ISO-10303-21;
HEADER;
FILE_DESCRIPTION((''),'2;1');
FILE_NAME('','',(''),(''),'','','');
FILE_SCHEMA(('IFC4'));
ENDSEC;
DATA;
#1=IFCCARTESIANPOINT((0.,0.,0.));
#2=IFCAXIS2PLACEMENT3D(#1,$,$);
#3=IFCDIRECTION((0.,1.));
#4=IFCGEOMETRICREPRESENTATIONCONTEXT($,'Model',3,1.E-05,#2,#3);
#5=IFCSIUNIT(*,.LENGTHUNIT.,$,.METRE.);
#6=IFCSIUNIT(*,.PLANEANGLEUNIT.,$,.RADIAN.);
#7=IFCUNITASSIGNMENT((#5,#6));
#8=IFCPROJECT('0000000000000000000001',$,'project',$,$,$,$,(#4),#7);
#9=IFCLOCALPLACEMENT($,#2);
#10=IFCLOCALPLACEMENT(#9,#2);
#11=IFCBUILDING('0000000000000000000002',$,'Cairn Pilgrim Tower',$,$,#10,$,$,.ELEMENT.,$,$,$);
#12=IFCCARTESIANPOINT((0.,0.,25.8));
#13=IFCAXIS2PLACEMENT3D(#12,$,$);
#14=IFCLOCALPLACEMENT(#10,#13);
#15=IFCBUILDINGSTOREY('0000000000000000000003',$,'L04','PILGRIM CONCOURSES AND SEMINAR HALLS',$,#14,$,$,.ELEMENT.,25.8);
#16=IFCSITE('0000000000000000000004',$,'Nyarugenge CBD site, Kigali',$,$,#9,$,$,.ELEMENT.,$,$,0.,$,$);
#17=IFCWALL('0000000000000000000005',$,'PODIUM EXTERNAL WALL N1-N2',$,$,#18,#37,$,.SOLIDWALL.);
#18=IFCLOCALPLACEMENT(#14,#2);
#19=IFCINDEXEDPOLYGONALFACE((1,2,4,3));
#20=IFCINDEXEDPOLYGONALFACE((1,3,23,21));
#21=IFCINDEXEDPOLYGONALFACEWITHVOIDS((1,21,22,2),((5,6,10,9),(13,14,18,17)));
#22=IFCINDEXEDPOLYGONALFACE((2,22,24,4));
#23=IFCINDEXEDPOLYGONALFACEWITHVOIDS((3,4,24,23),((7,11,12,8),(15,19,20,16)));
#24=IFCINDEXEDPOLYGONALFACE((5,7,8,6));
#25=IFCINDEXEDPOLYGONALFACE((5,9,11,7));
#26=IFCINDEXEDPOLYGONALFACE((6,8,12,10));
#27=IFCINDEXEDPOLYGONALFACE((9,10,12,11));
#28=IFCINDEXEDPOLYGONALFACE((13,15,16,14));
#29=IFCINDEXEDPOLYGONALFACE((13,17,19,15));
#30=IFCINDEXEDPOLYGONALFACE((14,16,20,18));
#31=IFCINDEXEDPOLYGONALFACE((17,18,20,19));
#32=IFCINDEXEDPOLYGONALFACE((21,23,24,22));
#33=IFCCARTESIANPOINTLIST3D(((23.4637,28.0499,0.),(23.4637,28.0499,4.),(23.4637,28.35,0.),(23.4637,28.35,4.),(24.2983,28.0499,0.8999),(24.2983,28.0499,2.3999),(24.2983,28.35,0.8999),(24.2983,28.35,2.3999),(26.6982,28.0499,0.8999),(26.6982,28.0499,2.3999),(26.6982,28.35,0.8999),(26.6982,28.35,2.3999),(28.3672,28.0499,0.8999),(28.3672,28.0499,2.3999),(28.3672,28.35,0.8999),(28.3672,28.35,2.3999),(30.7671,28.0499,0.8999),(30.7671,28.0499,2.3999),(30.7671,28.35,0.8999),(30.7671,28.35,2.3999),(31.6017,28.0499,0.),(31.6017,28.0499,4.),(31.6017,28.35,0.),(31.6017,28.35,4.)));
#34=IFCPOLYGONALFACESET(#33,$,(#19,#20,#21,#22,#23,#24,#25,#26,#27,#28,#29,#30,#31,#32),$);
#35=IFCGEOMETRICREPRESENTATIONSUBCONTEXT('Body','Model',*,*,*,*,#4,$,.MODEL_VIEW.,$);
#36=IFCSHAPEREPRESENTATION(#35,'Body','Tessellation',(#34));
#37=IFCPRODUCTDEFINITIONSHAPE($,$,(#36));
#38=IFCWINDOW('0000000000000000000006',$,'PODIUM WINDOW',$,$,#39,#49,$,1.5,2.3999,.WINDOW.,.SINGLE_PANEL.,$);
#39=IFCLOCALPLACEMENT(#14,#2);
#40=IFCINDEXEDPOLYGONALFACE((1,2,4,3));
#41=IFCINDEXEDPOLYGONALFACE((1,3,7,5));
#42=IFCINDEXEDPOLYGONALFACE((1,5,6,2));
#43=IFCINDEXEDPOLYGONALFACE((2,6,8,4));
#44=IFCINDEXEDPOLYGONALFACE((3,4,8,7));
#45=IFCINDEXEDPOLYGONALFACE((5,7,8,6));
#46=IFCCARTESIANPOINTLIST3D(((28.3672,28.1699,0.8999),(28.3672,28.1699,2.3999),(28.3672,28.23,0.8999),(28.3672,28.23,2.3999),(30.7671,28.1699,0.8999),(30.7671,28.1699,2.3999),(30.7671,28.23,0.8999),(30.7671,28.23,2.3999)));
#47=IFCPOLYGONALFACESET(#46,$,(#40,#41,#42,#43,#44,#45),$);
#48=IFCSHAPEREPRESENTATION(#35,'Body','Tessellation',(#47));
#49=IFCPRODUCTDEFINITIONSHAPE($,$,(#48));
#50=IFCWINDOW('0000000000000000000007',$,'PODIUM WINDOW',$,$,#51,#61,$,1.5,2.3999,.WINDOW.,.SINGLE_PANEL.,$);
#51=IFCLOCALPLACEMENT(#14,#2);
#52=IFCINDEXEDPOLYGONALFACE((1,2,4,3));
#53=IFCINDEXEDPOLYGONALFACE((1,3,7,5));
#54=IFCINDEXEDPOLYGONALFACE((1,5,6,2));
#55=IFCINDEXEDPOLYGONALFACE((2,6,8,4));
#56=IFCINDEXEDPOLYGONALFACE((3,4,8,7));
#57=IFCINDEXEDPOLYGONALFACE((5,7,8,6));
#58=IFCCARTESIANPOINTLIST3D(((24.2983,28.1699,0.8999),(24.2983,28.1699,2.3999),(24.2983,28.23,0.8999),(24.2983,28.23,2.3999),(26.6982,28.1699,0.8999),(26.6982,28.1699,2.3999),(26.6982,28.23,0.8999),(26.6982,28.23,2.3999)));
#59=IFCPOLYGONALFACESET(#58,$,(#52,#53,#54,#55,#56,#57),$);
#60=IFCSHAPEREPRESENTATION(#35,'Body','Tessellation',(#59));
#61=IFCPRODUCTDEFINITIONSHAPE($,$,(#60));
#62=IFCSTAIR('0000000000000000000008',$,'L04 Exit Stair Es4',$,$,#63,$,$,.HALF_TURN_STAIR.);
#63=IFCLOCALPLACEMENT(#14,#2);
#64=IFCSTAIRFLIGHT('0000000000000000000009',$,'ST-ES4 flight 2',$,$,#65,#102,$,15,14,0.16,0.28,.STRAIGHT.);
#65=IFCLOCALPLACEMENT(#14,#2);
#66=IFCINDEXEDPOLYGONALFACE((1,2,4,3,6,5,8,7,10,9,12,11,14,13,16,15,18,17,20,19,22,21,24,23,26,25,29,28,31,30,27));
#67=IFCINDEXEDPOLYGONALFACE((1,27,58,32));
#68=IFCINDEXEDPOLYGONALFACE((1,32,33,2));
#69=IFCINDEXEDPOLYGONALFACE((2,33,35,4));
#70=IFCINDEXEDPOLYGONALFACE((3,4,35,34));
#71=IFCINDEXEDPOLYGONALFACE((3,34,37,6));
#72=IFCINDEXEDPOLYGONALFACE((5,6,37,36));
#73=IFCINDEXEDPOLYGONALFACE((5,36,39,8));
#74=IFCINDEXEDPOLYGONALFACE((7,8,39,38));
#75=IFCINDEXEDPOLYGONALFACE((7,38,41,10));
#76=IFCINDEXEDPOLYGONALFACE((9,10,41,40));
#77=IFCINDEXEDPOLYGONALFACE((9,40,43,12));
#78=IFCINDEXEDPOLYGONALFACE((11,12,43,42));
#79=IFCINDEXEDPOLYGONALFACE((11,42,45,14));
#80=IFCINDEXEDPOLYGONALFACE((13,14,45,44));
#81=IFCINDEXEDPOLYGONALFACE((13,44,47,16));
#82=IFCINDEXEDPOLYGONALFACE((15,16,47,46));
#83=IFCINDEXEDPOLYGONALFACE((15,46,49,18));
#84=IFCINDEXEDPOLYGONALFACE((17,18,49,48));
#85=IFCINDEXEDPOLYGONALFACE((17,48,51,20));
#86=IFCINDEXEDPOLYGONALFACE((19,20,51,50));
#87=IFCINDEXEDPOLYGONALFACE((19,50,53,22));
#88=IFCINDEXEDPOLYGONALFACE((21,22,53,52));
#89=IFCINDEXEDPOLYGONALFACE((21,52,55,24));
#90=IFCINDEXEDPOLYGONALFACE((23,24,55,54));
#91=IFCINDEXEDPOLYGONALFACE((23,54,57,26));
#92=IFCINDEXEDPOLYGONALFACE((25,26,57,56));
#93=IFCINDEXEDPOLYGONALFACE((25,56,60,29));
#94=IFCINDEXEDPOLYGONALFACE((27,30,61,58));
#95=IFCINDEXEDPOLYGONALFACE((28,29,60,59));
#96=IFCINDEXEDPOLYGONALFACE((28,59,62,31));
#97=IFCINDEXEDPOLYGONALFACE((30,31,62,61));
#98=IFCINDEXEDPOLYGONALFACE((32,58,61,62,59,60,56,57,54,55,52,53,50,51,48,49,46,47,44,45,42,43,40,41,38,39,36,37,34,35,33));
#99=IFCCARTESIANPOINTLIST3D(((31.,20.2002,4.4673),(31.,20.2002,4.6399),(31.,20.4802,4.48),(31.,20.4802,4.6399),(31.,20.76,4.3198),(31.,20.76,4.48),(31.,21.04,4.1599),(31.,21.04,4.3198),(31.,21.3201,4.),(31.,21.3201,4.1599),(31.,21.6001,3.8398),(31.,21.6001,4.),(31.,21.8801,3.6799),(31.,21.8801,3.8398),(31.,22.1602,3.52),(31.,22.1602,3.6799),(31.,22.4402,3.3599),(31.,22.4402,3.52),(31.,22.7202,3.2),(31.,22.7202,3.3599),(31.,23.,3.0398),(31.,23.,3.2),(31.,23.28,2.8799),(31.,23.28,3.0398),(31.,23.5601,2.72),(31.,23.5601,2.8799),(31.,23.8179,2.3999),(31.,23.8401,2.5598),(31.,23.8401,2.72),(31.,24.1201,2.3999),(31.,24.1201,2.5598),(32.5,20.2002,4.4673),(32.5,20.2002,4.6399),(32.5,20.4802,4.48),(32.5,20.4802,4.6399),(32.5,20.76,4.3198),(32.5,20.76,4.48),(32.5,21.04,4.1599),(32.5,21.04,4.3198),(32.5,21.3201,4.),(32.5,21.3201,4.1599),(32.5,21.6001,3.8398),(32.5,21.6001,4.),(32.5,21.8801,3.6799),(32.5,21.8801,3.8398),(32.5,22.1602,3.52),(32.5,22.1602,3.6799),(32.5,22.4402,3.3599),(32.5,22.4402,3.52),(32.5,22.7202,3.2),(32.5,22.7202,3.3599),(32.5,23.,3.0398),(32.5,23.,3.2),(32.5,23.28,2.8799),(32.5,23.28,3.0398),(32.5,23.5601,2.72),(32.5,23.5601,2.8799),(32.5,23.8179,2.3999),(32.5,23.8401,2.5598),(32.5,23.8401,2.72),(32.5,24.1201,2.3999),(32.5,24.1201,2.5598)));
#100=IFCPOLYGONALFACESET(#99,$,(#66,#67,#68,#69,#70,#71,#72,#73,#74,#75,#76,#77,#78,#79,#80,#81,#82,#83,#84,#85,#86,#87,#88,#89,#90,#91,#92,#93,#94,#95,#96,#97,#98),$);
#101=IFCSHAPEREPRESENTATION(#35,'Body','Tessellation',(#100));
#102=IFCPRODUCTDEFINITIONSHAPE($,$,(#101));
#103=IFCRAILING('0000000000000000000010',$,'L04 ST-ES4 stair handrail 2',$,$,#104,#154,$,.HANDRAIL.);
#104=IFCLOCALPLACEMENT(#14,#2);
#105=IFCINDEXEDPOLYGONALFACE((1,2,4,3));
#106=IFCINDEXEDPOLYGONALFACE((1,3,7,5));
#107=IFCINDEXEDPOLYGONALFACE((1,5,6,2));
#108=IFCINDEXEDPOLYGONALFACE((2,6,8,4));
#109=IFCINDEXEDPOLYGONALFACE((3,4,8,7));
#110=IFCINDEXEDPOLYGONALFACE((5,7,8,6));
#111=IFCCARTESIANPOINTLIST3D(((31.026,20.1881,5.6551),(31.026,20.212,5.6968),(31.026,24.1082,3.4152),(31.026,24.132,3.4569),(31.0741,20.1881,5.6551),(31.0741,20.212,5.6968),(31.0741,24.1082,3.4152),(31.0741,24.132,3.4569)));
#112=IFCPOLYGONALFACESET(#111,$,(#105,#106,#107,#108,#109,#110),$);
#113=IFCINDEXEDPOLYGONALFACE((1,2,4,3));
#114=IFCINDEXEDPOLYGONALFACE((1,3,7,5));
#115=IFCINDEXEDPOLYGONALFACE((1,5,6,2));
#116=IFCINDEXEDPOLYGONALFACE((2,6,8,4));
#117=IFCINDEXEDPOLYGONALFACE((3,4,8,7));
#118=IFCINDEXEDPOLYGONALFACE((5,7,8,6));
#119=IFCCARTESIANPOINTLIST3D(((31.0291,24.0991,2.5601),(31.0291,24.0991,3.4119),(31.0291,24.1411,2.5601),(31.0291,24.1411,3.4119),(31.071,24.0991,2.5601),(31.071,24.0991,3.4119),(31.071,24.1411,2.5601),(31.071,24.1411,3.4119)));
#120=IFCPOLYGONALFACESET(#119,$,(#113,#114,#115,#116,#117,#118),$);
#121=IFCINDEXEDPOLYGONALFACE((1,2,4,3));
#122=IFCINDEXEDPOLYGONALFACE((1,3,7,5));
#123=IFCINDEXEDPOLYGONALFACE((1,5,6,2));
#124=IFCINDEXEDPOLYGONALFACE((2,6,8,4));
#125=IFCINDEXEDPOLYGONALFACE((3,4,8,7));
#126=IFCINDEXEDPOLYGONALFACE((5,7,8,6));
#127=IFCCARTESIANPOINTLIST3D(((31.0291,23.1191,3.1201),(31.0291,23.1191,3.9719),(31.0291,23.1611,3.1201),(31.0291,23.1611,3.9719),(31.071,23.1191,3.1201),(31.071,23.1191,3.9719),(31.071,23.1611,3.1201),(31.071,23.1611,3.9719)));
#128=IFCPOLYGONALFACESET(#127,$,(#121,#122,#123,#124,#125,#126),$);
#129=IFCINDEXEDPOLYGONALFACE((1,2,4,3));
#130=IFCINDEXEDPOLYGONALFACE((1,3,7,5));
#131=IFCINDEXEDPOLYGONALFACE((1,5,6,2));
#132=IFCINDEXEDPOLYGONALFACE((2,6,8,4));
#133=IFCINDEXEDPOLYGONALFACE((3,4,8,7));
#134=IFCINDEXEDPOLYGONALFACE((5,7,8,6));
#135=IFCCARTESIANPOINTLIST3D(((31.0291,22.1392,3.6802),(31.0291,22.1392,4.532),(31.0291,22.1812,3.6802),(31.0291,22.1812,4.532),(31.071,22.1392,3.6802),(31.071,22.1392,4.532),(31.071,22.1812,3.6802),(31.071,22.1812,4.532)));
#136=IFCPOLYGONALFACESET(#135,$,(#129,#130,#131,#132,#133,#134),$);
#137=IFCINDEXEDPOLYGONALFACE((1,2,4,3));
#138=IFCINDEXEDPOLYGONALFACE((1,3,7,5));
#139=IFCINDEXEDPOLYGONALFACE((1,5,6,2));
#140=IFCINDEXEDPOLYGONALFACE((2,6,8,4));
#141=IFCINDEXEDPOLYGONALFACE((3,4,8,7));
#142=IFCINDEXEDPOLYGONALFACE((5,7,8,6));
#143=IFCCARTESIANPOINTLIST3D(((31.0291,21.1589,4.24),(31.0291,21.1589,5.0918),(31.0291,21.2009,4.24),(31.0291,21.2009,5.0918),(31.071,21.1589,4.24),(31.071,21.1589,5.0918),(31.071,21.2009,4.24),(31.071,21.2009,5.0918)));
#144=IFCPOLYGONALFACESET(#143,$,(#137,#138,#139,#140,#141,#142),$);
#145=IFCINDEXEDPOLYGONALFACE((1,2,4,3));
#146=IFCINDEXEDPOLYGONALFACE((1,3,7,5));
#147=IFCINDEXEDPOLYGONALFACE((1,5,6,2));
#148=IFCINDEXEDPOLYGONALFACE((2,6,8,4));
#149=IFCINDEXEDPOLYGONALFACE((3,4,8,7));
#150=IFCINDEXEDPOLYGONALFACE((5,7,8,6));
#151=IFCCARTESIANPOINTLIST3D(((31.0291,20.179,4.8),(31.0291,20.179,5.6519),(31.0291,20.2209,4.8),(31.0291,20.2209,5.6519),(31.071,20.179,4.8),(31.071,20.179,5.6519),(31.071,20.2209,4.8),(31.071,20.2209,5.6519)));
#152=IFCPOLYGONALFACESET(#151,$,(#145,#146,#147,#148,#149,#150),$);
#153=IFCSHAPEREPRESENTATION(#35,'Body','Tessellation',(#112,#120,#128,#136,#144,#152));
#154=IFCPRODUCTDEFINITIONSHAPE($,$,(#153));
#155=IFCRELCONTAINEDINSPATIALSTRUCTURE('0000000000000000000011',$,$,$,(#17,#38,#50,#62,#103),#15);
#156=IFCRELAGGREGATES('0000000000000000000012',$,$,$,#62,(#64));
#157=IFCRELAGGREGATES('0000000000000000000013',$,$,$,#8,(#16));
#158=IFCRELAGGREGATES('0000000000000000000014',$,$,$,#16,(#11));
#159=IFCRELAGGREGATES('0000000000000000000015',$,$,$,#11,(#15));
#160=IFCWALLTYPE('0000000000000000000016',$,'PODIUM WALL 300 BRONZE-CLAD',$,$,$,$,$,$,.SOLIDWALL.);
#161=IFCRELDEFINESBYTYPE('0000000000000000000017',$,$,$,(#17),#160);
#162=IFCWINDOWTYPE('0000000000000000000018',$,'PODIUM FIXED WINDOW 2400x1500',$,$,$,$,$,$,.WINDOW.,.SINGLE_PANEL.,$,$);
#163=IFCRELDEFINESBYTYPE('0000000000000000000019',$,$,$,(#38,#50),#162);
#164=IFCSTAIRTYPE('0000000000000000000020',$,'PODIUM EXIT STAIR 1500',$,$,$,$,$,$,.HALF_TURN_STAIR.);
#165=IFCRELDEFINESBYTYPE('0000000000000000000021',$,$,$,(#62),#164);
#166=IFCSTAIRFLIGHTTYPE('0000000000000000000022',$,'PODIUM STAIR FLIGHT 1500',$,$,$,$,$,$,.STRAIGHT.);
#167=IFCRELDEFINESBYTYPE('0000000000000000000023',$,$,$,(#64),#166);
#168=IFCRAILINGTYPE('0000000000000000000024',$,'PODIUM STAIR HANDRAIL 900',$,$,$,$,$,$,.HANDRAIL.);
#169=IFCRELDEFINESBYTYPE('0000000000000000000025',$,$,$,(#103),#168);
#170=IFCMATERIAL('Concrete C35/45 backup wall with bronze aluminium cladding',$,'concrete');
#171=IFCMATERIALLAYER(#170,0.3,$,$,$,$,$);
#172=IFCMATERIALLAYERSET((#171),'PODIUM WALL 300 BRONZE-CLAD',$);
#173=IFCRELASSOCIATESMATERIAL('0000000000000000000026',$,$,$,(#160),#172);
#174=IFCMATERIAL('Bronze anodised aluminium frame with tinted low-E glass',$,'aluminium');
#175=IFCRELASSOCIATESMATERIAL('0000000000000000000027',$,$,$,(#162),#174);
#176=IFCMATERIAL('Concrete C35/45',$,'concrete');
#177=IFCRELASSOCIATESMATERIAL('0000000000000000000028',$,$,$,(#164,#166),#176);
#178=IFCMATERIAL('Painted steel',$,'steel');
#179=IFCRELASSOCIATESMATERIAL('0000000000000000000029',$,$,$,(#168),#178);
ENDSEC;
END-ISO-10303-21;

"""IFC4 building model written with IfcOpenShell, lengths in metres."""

from ifc_helpers import new_model, si_unit, direction, frame, frame_2d, origin, origin_2d, place, context, subcontext, project, spatial, polyline, rectangle, outline, extrude, material, layer, layer_set, type_object, element, fill, aggregate, save


model = new_model("IFC4")

# Units and contexts
model_context = context("Model", 3, precision=1e-05, world=origin(), true_north=direction((0.0, 1.0)))
body_context = subcontext(model_context, "Body", "Model", "MODEL_VIEW")
ifc_project = project(units=[si_unit("LENGTHUNIT", "METRE"), si_unit("PLANEANGLEUNIT", "RADIAN")], contexts=[model_context])

# Site, building, storey
site_placement = place(None, origin())
site = spatial("IfcSite", under=ifc_project, at=site_placement, Name="Nyarugenge CBD site, Kigali", CompositionType="ELEMENT", RefElevation=0.0)
building_placement = place(site_placement, origin())
building = spatial("IfcBuilding", under=site, at=building_placement, Name="Cairn Pilgrim Tower", CompositionType="ELEMENT")
storey_placement = place(building_placement, frame((0.0, 0.0, 25.8)))
storey = spatial("IfcBuildingStorey", under=building, at=storey_placement, Name="L04", Description="PILGRIM CONCOURSES AND SEMINAR HALLS", CompositionType="ELEMENT", Elevation=25.8)

# Shared definitions
ifc_material_1 = material(Name="Concrete C35/45", Category="concrete")

# Wall, openings, windows
ifc_material_2 = material(Name="Concrete C35/45 backup wall with bronze aluminium cladding", Category="concrete")
ifc_layer_1 = layer(ifc_material_2, 0.3)
ifc_layer_set_1 = layer_set([ifc_layer_1], Name="PODIUM WALL 300 BRONZE-CLAD")
wall_type_1 = type_object("IfcWallType", Name="PODIUM WALL 300 BRONZE-CLAD", PredefinedType="SOLIDWALL", material=ifc_layer_set_1)
wall_1_placement = place(storey_placement, frame((31.6016, 28.2, 0.0), z_axis=(0.0, 0.0, 1.0), x_axis=(-1.0, 0.0, 0.0)))
wall_1 = element("IfcWall", 1, at=wall_1_placement, inside=storey, type_object=wall_type_1, Name="PODIUM EXTERNAL WALL N1-N2", PredefinedType="SOLIDWALL", context=body_context, shape_type="SweptSolid", body=[
    extrude(rectangle(XDim=8.1379, YDim=0.3, at=frame_2d((4.0688, 0.0))), origin(), (0.0, 0.0, 1.0), 4.0),
])
opening_1_placement = place(wall_1_placement, frame((0.8345, 0.0, 0.8999)))
opening_1 = element("IfcOpeningElement", 2, at=opening_1_placement, cuts=wall_1, PredefinedType="OPENING", context=body_context, shape_type="SweptSolid", body=[
    extrude(rectangle(XDim=2.3999, YDim=1.5, at=frame_2d((1.2, 0.75))), frame((0.0, 0.1602, 0.0), z_axis=(0.0, -1.0, 0.0), x_axis=(1.0, 0.0, 0.0)), (0.0, 0.0, 1.0), 0.3201),
])
opening_2_placement = place(wall_1_placement, frame((4.9033, 0.0, 0.8999)))
opening_2 = element("IfcOpeningElement", 3, at=opening_2_placement, cuts=wall_1, PredefinedType="OPENING", context=body_context, shape_type="SweptSolid", body=[
    extrude(rectangle(XDim=2.3999, YDim=1.5, at=frame_2d((1.2, 0.75))), frame((0.0, 0.1602, 0.0), z_axis=(0.0, -1.0, 0.0), x_axis=(1.0, 0.0, 0.0)), (0.0, 0.0, 1.0), 0.3201),
])
ifc_material_3 = material(Name="Bronze anodised aluminium frame with tinted low-E glass", Category="aluminium")
window_type = type_object("IfcWindowType", Name="PODIUM FIXED WINDOW 2400x1500", PartitioningType="SINGLE_PANEL", PredefinedType="WINDOW", material=ifc_material_3)
window_1_placement = place(opening_1_placement, origin())
window_1 = element("IfcWindow", 4, at=window_1_placement, inside=storey, type_object=window_type, Name="PODIUM WINDOW", OverallHeight=1.5, OverallWidth=2.3999, PartitioningType="SINGLE_PANEL", PredefinedType="WINDOW", context=body_context, shape_type="SweptSolid", body=[
    extrude(rectangle(XDim=2.3999, YDim=1.5, at=frame_2d((1.2, 0.75))), frame((0.0, 0.03, 0.0), z_axis=(0.0, -1.0, 0.0), x_axis=(1.0, 0.0, 0.0)), (0.0, 0.0, 1.0), 0.0601),
])
fill(opening_1, window_1)
window_2_placement = place(opening_2_placement, origin())
window_2 = element("IfcWindow", 5, at=window_2_placement, inside=storey, type_object=window_type, Name="PODIUM WINDOW", OverallHeight=1.5, OverallWidth=2.3999, PartitioningType="SINGLE_PANEL", PredefinedType="WINDOW", context=body_context, shape_type="SweptSolid", body=[
    extrude(rectangle(XDim=2.3999, YDim=1.5, at=frame_2d((1.2, 0.75))), frame((0.0, 0.03, 0.0), z_axis=(0.0, -1.0, 0.0), x_axis=(1.0, 0.0, 0.0)), (0.0, 0.0, 1.0), 0.0601),
])
fill(opening_2, window_2)

# Stair, stair flight
stair_type = type_object("IfcStairType", Name="PODIUM EXIT STAIR 1500", PredefinedType="HALF_TURN_STAIR", material=ifc_material_1)
stair_placement = place(storey_placement, origin())
stair = element("IfcStair", 6, at=stair_placement, inside=storey, type_object=stair_type, Name="L04 Exit Stair Es4", PredefinedType="HALF_TURN_STAIR")
stair_flight_type = type_object("IfcStairFlightType", Name="PODIUM STAIR FLIGHT 1500", PredefinedType="STRAIGHT", material=ifc_material_1)
stair_flight_placement = place(storey_placement, frame((31.75, 24.1201, 2.3999), z_axis=(0.0, 0.0, 1.0), x_axis=(0.0, -1.0, 0.0)))
stair_flight = element("IfcStairFlight", 7, at=stair_flight_placement, type_object=stair_flight_type, Name="ST-ES4 flight 2", NumberOfRisers=15, NumberOfTreads=14, PredefinedType="STRAIGHT", RiserHeight=0.16, TreadLength=0.28, context=body_context, shape_type="SweptSolid", body=[
    extrude(outline(polyline([(0.0, 0.0), (0.0, 0.1599), (0.28, 0.1599), (0.28, 0.3201), (0.5601, 0.3201), (0.5601, 0.48), (0.8401, 0.48), (0.8401, 0.6399), (1.1201, 0.6399), (1.1201, 0.8), (1.3999, 0.8), (1.3999, 0.96), (1.6799, 0.96), (1.6799, 1.1201), (1.96, 1.1201), (1.96, 1.28), (2.24, 1.28), (2.24, 1.4399), (2.52, 1.4399), (2.52, 1.6001), (2.8, 1.6001), (2.8, 1.76), (3.0801, 1.76), (3.0801, 1.9199), (3.3601, 1.9199), (3.3601, 2.0801), (3.6399, 2.0801), (3.6399, 2.24), (3.9199, 2.24), (3.9199, 2.3999), (3.9199, 2.0674), (0.3022, 0.0), (0.0, 0.0)])), frame((0.0, 0.75, 0.0), z_axis=(0.0, -1.0, 0.0), x_axis=(1.0, 0.0, 0.0)), (0.0, 0.0, 1.0), 1.5),
])
aggregate(stair, [stair_flight])

# Railing
ifc_material_4 = material(Name="Painted steel", Category="steel")
railing_type = type_object("IfcRailingType", Name="PODIUM STAIR HANDRAIL 900", PredefinedType="HANDRAIL", material=ifc_material_4)
railing_placement = place(storey_placement, frame((31.05, 24.1201, 2.5601)))
element("IfcRailing", 8, at=railing_placement, inside=storey, type_object=railing_type, Name="L04 ST-ES4 stair handrail 2", PredefinedType="HANDRAIL", context=body_context, shape_type="SweptSolid", body=[
    extrude(rectangle(XDim=0.0481, YDim=0.0481, at=origin_2d()), frame((0.0, 0.0, 0.876), z_axis=(0.0, -0.868253, 0.496121), x_axis=(1.0, 0.0, 0.0)), (0.0, 0.0, 1.0), 4.5149),
    extrude(rectangle(XDim=0.042, YDim=0.042, at=origin_2d()), origin(), (0.0, 0.0, 1.0), 0.8518),
    extrude(rectangle(XDim=0.042, YDim=0.042, at=origin_2d()), frame((0.0, -0.98, 0.5601)), (0.0, 0.0, 1.0), 0.8518),
    extrude(rectangle(XDim=0.042, YDim=0.042, at=origin_2d()), frame((0.0, -1.96, 1.1201)), (0.0, 0.0, 1.0), 0.8518),
    extrude(rectangle(XDim=0.042, YDim=0.042, at=origin_2d()), frame((0.0, -2.9402, 1.6799)), (0.0, 0.0, 1.0), 0.8518),
    extrude(rectangle(XDim=0.042, YDim=0.042, at=origin_2d()), frame((0.0, -3.9202, 2.24)), (0.0, 0.0, 1.0), 0.8518),
])

save(model, "model.ifc")
